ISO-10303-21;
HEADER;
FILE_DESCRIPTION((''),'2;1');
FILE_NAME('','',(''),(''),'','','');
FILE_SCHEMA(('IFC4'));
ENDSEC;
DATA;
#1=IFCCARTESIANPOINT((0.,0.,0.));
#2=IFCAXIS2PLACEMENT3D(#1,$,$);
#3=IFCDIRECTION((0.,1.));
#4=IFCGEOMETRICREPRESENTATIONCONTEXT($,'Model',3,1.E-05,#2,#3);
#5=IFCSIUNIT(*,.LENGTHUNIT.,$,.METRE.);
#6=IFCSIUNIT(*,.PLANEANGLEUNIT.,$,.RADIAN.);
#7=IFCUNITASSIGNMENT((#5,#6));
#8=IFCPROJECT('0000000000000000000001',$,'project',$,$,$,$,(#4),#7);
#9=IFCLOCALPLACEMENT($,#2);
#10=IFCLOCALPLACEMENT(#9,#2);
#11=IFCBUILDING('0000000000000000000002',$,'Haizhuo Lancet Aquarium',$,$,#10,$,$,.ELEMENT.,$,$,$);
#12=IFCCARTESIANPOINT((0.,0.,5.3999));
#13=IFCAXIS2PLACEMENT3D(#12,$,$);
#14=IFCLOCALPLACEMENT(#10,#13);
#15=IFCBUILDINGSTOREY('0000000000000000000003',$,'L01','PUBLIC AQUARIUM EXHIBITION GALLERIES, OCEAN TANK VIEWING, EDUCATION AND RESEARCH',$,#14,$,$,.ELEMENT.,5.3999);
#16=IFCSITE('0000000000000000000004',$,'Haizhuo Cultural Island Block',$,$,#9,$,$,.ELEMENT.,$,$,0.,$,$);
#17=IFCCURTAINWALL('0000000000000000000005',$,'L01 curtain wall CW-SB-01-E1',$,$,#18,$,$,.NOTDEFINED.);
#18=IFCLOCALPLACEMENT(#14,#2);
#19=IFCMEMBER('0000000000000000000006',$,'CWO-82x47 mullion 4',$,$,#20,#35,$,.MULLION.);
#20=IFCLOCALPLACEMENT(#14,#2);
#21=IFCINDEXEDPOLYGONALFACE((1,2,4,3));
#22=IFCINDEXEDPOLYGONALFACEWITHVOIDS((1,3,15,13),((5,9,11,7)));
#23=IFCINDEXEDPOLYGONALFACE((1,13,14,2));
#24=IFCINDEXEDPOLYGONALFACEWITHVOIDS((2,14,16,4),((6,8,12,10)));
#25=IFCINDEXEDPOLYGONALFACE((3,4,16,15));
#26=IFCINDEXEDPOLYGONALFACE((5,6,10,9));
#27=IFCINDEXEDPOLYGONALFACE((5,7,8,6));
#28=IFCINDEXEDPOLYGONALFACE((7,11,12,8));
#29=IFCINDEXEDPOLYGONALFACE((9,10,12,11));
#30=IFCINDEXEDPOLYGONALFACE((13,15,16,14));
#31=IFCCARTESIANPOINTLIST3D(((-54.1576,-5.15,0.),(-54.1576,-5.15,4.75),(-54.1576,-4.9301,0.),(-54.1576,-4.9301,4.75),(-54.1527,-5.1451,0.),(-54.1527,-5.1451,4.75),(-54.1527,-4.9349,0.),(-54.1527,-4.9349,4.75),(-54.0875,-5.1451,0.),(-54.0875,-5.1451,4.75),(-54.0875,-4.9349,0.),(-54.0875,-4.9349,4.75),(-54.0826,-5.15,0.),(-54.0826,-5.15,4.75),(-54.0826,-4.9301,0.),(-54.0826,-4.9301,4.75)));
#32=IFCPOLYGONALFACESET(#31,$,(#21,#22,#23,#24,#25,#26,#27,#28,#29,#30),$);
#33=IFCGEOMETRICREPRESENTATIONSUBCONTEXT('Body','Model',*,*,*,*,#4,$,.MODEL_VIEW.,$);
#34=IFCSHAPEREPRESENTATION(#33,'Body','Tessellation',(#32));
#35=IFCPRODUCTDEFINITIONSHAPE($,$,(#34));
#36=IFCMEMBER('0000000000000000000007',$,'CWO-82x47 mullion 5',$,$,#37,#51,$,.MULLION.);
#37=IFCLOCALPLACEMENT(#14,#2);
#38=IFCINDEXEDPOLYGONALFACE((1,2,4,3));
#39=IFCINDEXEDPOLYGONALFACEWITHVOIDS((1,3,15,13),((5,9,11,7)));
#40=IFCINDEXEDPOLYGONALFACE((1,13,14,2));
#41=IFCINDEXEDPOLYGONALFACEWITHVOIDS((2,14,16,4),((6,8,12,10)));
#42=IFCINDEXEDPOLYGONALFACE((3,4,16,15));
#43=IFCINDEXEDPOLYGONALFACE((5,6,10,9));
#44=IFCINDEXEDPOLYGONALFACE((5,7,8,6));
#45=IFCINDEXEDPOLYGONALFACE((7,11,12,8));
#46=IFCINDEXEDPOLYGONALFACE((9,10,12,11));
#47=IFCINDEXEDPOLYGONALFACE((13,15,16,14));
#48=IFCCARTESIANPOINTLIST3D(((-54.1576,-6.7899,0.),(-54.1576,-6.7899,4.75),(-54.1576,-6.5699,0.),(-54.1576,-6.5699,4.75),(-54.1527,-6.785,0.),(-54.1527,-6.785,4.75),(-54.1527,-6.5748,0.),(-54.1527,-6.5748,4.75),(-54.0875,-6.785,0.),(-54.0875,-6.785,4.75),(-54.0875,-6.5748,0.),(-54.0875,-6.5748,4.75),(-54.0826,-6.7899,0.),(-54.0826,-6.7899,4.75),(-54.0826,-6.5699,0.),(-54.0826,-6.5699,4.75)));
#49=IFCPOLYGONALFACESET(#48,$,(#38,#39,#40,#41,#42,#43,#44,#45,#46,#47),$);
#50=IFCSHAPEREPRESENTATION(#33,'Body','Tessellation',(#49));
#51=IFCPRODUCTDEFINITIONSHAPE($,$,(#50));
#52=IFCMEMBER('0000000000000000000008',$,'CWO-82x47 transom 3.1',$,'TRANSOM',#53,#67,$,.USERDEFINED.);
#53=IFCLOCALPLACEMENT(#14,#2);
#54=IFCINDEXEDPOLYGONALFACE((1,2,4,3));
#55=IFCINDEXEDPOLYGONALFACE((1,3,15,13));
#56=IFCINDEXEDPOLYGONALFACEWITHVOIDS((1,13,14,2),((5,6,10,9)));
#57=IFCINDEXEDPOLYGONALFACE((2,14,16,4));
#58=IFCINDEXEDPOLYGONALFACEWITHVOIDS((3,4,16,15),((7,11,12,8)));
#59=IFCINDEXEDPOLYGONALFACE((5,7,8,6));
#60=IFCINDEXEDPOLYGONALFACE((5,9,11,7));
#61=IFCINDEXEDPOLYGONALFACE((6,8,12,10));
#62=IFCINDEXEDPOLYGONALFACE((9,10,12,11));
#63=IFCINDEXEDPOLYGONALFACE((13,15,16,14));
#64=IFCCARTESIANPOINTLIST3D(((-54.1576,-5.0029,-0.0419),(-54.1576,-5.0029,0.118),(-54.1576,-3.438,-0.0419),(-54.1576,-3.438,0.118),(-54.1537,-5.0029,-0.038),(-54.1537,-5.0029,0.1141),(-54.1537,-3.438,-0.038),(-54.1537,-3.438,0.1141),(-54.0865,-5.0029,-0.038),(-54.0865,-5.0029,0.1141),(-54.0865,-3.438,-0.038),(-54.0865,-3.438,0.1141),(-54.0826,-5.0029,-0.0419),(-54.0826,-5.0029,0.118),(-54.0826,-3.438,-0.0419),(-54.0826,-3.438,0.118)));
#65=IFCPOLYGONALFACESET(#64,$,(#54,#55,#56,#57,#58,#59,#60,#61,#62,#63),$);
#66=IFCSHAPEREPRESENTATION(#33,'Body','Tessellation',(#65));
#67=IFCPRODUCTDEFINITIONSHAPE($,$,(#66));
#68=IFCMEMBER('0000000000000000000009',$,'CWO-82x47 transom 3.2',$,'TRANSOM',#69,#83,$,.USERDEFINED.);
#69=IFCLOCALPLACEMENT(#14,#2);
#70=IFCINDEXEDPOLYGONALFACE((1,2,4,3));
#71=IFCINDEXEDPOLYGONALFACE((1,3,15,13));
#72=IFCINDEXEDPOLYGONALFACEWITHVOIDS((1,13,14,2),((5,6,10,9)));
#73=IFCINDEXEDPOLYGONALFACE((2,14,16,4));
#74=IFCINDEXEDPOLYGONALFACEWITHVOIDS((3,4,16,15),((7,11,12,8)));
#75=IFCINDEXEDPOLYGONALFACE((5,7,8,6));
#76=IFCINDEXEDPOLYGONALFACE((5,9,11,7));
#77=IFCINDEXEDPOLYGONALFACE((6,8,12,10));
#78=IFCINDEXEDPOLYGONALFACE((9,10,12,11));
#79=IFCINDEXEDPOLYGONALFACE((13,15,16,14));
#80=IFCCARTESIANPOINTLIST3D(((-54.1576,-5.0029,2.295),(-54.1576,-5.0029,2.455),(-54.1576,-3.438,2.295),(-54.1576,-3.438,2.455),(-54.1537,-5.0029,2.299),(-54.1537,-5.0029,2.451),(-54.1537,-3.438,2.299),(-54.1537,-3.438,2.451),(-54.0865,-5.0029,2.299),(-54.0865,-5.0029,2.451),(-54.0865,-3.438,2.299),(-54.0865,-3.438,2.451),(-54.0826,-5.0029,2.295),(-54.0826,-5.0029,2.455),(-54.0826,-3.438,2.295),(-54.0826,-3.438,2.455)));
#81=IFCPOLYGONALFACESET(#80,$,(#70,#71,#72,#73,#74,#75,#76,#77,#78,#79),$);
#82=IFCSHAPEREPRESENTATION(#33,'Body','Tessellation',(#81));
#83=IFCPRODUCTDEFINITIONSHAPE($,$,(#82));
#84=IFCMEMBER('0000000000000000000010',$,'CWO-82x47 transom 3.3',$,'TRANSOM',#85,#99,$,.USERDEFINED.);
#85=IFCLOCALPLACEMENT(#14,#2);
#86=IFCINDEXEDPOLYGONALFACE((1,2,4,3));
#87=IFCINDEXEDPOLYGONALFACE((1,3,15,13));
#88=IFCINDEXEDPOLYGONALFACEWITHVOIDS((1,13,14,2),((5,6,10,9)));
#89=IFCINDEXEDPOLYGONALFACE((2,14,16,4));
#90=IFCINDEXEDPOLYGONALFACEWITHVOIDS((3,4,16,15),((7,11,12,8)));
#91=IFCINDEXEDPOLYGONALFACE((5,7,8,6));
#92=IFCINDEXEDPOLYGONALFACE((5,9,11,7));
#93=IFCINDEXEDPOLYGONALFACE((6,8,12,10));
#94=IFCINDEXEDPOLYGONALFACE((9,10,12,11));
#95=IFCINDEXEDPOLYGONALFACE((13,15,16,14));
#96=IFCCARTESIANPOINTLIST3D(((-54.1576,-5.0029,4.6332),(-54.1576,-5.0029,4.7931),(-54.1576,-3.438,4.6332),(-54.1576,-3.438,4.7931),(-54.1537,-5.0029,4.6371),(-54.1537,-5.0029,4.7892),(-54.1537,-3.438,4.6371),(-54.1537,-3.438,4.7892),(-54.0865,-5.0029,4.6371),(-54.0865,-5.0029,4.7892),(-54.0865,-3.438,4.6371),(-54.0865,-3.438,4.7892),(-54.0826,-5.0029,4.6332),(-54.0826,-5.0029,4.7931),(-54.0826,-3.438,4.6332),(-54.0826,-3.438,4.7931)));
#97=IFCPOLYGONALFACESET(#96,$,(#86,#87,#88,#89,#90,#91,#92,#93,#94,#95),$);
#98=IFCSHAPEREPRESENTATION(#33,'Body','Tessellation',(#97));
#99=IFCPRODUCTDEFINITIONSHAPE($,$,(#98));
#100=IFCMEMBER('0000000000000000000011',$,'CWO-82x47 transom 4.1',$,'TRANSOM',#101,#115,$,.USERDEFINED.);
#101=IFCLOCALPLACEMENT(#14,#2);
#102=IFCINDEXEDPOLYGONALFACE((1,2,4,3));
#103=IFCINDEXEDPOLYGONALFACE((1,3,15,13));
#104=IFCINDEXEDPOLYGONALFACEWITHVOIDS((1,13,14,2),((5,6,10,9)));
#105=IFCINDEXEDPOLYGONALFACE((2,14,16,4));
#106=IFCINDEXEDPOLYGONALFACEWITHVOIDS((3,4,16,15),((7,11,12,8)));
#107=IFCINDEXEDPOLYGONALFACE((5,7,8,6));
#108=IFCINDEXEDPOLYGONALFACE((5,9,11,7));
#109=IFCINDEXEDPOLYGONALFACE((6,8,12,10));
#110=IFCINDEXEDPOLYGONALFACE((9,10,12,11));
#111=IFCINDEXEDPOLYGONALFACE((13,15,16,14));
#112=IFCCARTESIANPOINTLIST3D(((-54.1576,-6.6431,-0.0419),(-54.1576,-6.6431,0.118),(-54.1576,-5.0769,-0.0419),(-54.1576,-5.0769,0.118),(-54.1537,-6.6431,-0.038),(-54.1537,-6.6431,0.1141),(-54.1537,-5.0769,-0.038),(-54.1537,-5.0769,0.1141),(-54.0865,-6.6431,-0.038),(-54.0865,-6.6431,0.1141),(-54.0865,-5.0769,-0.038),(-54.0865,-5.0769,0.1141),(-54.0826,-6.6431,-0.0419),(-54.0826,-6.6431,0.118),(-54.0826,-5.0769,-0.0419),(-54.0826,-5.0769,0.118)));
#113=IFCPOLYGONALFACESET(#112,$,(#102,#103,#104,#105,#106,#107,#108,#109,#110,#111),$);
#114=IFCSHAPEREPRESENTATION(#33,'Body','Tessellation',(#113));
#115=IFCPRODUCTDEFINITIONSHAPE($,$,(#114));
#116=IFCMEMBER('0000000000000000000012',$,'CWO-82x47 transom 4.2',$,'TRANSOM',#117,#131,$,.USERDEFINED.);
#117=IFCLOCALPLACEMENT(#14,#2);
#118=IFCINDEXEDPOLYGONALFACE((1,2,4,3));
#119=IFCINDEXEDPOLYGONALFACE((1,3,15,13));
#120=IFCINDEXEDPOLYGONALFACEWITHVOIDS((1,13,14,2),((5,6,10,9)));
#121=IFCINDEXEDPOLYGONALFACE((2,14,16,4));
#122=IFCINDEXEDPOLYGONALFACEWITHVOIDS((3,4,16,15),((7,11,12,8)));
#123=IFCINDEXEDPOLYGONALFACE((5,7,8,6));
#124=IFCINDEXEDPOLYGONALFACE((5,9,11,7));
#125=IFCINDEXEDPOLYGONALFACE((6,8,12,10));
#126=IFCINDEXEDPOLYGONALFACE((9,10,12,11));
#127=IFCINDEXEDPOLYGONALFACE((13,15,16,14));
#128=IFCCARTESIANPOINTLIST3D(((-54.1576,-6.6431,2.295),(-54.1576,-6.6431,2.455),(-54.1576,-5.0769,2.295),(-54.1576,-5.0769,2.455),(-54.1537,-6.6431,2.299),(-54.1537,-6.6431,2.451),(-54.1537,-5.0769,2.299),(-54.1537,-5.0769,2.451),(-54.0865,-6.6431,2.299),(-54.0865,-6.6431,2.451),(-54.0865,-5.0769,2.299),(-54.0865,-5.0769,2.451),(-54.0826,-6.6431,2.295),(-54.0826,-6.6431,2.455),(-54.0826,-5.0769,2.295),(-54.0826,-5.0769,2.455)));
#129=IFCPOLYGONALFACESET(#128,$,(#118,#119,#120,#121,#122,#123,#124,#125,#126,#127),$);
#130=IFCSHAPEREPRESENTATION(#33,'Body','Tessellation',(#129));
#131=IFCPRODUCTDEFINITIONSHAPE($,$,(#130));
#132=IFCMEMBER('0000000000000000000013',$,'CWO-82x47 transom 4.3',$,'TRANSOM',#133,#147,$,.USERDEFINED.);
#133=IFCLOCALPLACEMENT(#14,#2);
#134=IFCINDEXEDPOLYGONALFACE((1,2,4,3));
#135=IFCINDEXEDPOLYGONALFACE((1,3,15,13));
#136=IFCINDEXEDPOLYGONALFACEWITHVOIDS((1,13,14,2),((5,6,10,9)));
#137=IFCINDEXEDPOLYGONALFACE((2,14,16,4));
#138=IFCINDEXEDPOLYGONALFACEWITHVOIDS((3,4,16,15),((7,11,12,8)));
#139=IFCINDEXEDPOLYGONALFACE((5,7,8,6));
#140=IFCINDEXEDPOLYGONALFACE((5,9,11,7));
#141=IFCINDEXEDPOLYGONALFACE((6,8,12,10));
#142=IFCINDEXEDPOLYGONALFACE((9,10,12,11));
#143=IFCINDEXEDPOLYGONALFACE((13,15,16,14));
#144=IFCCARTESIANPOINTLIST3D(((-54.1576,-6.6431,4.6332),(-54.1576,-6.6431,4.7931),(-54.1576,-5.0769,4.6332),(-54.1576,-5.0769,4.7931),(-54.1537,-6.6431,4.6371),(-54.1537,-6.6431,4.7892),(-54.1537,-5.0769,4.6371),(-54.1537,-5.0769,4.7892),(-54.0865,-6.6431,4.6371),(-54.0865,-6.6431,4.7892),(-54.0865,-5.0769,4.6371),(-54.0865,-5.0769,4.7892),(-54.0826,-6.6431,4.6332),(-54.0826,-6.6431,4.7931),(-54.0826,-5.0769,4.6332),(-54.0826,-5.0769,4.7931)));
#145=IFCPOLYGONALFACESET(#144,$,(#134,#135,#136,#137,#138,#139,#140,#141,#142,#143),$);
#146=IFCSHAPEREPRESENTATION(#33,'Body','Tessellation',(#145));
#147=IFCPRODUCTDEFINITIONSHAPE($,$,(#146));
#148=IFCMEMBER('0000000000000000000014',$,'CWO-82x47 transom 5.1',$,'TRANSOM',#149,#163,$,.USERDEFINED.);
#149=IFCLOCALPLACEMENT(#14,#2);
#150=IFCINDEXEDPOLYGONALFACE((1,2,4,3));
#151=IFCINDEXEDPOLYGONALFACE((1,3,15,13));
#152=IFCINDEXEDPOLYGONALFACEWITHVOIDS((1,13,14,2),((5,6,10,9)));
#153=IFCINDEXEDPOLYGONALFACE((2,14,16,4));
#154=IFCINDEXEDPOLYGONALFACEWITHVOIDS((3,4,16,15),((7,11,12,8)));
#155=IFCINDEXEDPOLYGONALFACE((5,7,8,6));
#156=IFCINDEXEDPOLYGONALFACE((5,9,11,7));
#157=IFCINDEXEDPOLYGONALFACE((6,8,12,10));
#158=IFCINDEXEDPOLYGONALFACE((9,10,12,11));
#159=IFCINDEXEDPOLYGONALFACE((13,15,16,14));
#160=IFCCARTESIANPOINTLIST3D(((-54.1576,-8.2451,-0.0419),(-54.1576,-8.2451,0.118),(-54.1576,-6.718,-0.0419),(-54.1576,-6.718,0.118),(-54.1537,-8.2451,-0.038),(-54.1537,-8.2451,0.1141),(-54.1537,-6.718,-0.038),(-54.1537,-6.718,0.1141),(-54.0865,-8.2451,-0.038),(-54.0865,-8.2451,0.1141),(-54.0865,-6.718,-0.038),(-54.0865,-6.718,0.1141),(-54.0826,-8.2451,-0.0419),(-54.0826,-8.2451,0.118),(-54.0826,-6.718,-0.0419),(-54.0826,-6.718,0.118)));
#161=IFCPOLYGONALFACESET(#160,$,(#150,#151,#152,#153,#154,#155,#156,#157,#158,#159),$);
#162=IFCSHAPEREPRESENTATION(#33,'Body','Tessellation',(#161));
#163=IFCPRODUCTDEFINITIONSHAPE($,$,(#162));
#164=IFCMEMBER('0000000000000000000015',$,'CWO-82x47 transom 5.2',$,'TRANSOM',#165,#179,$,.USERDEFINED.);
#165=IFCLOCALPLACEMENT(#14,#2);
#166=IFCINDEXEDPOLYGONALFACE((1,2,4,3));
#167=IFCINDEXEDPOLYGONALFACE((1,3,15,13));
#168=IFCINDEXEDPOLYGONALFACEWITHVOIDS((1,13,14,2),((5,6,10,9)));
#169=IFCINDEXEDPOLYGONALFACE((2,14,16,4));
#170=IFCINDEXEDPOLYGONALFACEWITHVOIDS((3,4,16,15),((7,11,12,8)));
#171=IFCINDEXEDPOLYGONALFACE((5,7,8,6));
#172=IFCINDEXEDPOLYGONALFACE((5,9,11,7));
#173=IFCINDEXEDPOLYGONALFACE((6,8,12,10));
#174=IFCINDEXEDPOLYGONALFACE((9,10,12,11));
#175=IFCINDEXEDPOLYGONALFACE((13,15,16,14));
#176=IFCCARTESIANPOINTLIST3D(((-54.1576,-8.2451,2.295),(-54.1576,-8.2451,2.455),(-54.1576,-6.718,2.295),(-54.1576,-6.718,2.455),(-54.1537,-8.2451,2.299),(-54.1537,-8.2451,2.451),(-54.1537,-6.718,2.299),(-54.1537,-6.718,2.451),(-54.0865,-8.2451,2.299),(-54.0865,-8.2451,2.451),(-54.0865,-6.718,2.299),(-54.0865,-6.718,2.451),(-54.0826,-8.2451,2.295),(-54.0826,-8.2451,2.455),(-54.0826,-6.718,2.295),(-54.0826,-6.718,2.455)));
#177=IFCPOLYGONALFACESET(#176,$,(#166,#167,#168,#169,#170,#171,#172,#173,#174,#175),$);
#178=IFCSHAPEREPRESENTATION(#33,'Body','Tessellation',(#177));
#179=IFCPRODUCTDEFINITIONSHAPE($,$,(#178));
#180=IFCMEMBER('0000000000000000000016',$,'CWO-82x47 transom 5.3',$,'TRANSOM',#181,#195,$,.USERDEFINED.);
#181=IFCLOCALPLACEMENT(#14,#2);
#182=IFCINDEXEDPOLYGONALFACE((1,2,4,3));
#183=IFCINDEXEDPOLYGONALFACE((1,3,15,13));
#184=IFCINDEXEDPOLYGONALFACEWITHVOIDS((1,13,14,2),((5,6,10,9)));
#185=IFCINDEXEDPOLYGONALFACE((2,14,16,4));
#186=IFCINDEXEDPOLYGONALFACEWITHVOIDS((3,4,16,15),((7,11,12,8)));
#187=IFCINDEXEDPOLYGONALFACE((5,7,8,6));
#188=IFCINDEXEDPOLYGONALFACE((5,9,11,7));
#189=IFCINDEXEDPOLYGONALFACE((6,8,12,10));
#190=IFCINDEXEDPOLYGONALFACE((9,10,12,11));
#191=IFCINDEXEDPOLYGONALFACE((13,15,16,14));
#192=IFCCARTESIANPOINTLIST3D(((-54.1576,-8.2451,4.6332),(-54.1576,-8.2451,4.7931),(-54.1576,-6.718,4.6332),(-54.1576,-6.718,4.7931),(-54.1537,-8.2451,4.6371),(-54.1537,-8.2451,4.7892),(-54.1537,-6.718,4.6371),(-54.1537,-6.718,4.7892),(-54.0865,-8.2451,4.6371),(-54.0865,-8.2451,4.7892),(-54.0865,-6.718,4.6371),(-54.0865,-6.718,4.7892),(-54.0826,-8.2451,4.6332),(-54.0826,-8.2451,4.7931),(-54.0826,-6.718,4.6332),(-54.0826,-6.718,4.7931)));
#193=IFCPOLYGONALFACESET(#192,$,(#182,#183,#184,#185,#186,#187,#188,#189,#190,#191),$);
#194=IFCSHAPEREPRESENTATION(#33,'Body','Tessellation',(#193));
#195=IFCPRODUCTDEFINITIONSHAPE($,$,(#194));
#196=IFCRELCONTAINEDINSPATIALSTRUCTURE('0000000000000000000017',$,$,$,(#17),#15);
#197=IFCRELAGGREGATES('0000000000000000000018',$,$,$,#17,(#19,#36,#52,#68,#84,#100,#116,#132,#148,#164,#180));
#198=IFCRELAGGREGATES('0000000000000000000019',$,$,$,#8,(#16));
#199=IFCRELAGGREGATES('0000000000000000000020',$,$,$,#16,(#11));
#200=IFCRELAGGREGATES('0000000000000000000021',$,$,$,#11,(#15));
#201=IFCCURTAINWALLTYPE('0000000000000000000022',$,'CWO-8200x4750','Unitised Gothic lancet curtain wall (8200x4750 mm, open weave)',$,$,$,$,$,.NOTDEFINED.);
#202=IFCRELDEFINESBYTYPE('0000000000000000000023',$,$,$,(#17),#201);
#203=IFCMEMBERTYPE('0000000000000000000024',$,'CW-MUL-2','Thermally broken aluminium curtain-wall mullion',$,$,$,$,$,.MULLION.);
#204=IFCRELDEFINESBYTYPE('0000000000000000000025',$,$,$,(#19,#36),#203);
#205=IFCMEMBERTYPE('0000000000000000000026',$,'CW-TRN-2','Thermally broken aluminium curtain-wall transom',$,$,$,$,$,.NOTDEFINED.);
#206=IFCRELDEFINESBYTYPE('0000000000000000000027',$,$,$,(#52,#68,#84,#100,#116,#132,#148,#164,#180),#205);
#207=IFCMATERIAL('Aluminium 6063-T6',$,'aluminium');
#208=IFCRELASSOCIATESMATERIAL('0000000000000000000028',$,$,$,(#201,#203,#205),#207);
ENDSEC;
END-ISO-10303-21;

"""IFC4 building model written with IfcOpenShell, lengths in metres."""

from ifc_helpers import new_model, si_unit, direction, frame, origin, origin_2d, place, context, subcontext, project, spatial, hollow_rectangle, extrude, material, material_profile, profile_set, type_object, element, aggregate, save


model = new_model("IFC4")

# Units and contexts
model_context = context("Model", 3, precision=1e-05, world=origin(), true_north=direction((0.0, 1.0)))
body_context = subcontext(model_context, "Body", "Model", "MODEL_VIEW")
ifc_project = project(units=[si_unit("LENGTHUNIT", "METRE"), si_unit("PLANEANGLEUNIT", "RADIAN")], contexts=[model_context])

# Site, building, storey
site_placement = place(None, origin())
site = spatial("IfcSite", under=ifc_project, at=site_placement, Name="Haizhuo Cultural Island Block", CompositionType="ELEMENT", RefElevation=0.0)
building_placement = place(site_placement, origin())
building = spatial("IfcBuilding", under=site, at=building_placement, Name="Haizhuo Lancet Aquarium", CompositionType="ELEMENT")
storey_placement = place(building_placement, frame((0.0, 0.0, 5.3999)))
storey = spatial("IfcBuildingStorey", under=building, at=storey_placement, Name="L01", Description="PUBLIC AQUARIUM EXHIBITION GALLERIES, OCEAN TANK VIEWING, EDUCATION AND RESEARCH", CompositionType="ELEMENT", Elevation=5.3999)

# Curtain wall, members
ifc_material_1 = material(Name="Aluminium 6063-T6", Category="aluminium")
curtain_wall_type = type_object("IfcCurtainWallType", Name="CWO-8200x4750", Description="Unitised Gothic lancet curtain wall (8200x4750 mm, open weave)", PredefinedType="NOTDEFINED", material=ifc_material_1)
curtain_wall_placement = place(storey_placement, origin())
curtain_wall = element("IfcCurtainWall", 1, at=curtain_wall_placement, inside=storey, type_object=curtain_wall_type, Name="L01 curtain wall CW-SB-01-E1", PredefinedType="NOTDEFINED")
ifc_material_profile_1 = material_profile(ifc_material_1, hollow_rectangle(XDim=0.075, YDim=0.22, WallThickness=0.0049, at=origin_2d()), Name="ALU-M 75x220x5")
ifc_profile_set_1 = profile_set([ifc_material_profile_1], Name="Aluminium 6063-T6")
member_type_1 = type_object("IfcMemberType", Name="CW-MUL-2", Description="Thermally broken aluminium curtain-wall mullion", PredefinedType="MULLION", material=ifc_profile_set_1)
member_1_placement = place(storey_placement, frame((-54.1201, -5.04, 0.0), z_axis=(0.0, 0.0, 1.0), x_axis=(1.0, 0.0, 0.0)))
member_1 = element("IfcMember", 2, at=member_1_placement, type_object=member_type_1, Name="CWO-82x47 mullion 4", PredefinedType="MULLION", context=body_context, shape_type="SweptSolid", body=[
    extrude(hollow_rectangle(XDim=0.075, YDim=0.22, WallThickness=0.0049, at=origin_2d()), origin(), (0.0, 0.0, 1.0), 4.75),
])
member_2_placement = place(storey_placement, frame((-54.1201, -6.6799, 0.0), z_axis=(0.0, 0.0, 1.0), x_axis=(1.0, 0.0, 0.0)))
member_2 = element("IfcMember", 3, at=member_2_placement, type_object=member_type_1, Name="CWO-82x47 mullion 5", PredefinedType="MULLION", context=body_context, shape_type="SweptSolid", body=[
    extrude(hollow_rectangle(XDim=0.075, YDim=0.22, WallThickness=0.0049, at=origin_2d()), origin(), (0.0, 0.0, 1.0), 4.75),
])
ifc_material_profile_2 = material_profile(ifc_material_1, hollow_rectangle(XDim=0.075, YDim=0.1599, WallThickness=0.0039, at=origin_2d()), Name="ALU-T 75x160x4")
ifc_profile_set_2 = profile_set([ifc_material_profile_2], Name="Aluminium 6063-T6")
member_type_2 = type_object("IfcMemberType", Name="CW-TRN-2", Description="Thermally broken aluminium curtain-wall transom", PredefinedType="NOTDEFINED", material=ifc_profile_set_2)
member_3_placement = place(storey_placement, frame((-54.1201, -3.438, 0.0381), z_axis=(0.0, -1.0, 0.0), x_axis=(1.0, 0.0, 0.0)))
member_3 = element("IfcMember", 4, at=member_3_placement, type_object=member_type_2, Name="CWO-82x47 transom 3.1", ObjectType="TRANSOM", PredefinedType="USERDEFINED", context=body_context, shape_type="SweptSolid", body=[
    extrude(hollow_rectangle(XDim=0.075, YDim=0.1599, WallThickness=0.0039, at=origin_2d()), origin(), (0.0, 0.0, 1.0), 1.5649),
])
member_4_placement = place(storey_placement, frame((-54.1201, -3.438, 2.375), z_axis=(0.0, -1.0, 0.0), x_axis=(1.0, 0.0, 0.0)))
member_4 = element("IfcMember", 5, at=member_4_placement, type_object=member_type_2, Name="CWO-82x47 transom 3.2", ObjectType="TRANSOM", PredefinedType="USERDEFINED", context=body_context, shape_type="SweptSolid", body=[
    extrude(hollow_rectangle(XDim=0.075, YDim=0.1599, WallThickness=0.0039, at=origin_2d()), origin(), (0.0, 0.0, 1.0), 1.5649),
])
member_5_placement = place(storey_placement, frame((-54.1201, -3.438, 4.7131), z_axis=(0.0, -1.0, 0.0), x_axis=(1.0, 0.0, 0.0)))
member_5 = element("IfcMember", 6, at=member_5_placement, type_object=member_type_2, Name="CWO-82x47 transom 3.3", ObjectType="TRANSOM", PredefinedType="USERDEFINED", context=body_context, shape_type="SweptSolid", body=[
    extrude(hollow_rectangle(XDim=0.075, YDim=0.1599, WallThickness=0.0039, at=origin_2d()), origin(), (0.0, 0.0, 1.0), 1.5649),
])
member_6_placement = place(storey_placement, frame((-54.1201, -5.0769, 0.0381), z_axis=(0.0, -1.0, 0.0), x_axis=(1.0, 0.0, 0.0)))
member_6 = element("IfcMember", 7, at=member_6_placement, type_object=member_type_2, Name="CWO-82x47 transom 4.1", ObjectType="TRANSOM", PredefinedType="USERDEFINED", context=body_context, shape_type="SweptSolid", body=[
    extrude(hollow_rectangle(XDim=0.075, YDim=0.1599, WallThickness=0.0039, at=origin_2d()), origin(), (0.0, 0.0, 1.0), 1.5662),
])
member_7_placement = place(storey_placement, frame((-54.1201, -5.0769, 2.375), z_axis=(0.0, -1.0, 0.0), x_axis=(1.0, 0.0, 0.0)))
member_7 = element("IfcMember", 8, at=member_7_placement, type_object=member_type_2, Name="CWO-82x47 transom 4.2", ObjectType="TRANSOM", PredefinedType="USERDEFINED", context=body_context, shape_type="SweptSolid", body=[
    extrude(hollow_rectangle(XDim=0.075, YDim=0.1599, WallThickness=0.0039, at=origin_2d()), origin(), (0.0, 0.0, 1.0), 1.5662),
])
member_8_placement = place(storey_placement, frame((-54.1201, -5.0769, 4.7131), z_axis=(0.0, -1.0, 0.0), x_axis=(1.0, 0.0, 0.0)))
member_8 = element("IfcMember", 9, at=member_8_placement, type_object=member_type_2, Name="CWO-82x47 transom 4.3", ObjectType="TRANSOM", PredefinedType="USERDEFINED", context=body_context, shape_type="SweptSolid", body=[
    extrude(hollow_rectangle(XDim=0.075, YDim=0.1599, WallThickness=0.0039, at=origin_2d()), origin(), (0.0, 0.0, 1.0), 1.5662),
])
member_9_placement = place(storey_placement, frame((-54.1201, -6.718, 0.0381), z_axis=(0.0, -1.0, 0.0), x_axis=(1.0, 0.0, 0.0)))
member_9 = element("IfcMember", 10, at=member_9_placement, type_object=member_type_2, Name="CWO-82x47 transom 5.1", ObjectType="TRANSOM", PredefinedType="USERDEFINED", context=body_context, shape_type="SweptSolid", body=[
    extrude(hollow_rectangle(XDim=0.075, YDim=0.1599, WallThickness=0.0039, at=origin_2d()), origin(), (0.0, 0.0, 1.0), 1.5271),
])
member_10_placement = place(storey_placement, frame((-54.1201, -6.718, 2.375), z_axis=(0.0, -1.0, 0.0), x_axis=(1.0, 0.0, 0.0)))
member_10 = element("IfcMember", 11, at=member_10_placement, type_object=member_type_2, Name="CWO-82x47 transom 5.2", ObjectType="TRANSOM", PredefinedType="USERDEFINED", context=body_context, shape_type="SweptSolid", body=[
    extrude(hollow_rectangle(XDim=0.075, YDim=0.1599, WallThickness=0.0039, at=origin_2d()), origin(), (0.0, 0.0, 1.0), 1.5271),
])
member_11_placement = place(storey_placement, frame((-54.1201, -6.718, 4.7131), z_axis=(0.0, -1.0, 0.0), x_axis=(1.0, 0.0, 0.0)))
member_11 = element("IfcMember", 12, at=member_11_placement, type_object=member_type_2, Name="CWO-82x47 transom 5.3", ObjectType="TRANSOM", PredefinedType="USERDEFINED", context=body_context, shape_type="SweptSolid", body=[
    extrude(hollow_rectangle(XDim=0.075, YDim=0.1599, WallThickness=0.0039, at=origin_2d()), origin(), (0.0, 0.0, 1.0), 1.5271),
])

aggregate(curtain_wall, [member_1, member_2, member_3, member_4, member_5, member_6, member_7, member_8, member_9, member_10, member_11])

save(model, "model.ifc")
